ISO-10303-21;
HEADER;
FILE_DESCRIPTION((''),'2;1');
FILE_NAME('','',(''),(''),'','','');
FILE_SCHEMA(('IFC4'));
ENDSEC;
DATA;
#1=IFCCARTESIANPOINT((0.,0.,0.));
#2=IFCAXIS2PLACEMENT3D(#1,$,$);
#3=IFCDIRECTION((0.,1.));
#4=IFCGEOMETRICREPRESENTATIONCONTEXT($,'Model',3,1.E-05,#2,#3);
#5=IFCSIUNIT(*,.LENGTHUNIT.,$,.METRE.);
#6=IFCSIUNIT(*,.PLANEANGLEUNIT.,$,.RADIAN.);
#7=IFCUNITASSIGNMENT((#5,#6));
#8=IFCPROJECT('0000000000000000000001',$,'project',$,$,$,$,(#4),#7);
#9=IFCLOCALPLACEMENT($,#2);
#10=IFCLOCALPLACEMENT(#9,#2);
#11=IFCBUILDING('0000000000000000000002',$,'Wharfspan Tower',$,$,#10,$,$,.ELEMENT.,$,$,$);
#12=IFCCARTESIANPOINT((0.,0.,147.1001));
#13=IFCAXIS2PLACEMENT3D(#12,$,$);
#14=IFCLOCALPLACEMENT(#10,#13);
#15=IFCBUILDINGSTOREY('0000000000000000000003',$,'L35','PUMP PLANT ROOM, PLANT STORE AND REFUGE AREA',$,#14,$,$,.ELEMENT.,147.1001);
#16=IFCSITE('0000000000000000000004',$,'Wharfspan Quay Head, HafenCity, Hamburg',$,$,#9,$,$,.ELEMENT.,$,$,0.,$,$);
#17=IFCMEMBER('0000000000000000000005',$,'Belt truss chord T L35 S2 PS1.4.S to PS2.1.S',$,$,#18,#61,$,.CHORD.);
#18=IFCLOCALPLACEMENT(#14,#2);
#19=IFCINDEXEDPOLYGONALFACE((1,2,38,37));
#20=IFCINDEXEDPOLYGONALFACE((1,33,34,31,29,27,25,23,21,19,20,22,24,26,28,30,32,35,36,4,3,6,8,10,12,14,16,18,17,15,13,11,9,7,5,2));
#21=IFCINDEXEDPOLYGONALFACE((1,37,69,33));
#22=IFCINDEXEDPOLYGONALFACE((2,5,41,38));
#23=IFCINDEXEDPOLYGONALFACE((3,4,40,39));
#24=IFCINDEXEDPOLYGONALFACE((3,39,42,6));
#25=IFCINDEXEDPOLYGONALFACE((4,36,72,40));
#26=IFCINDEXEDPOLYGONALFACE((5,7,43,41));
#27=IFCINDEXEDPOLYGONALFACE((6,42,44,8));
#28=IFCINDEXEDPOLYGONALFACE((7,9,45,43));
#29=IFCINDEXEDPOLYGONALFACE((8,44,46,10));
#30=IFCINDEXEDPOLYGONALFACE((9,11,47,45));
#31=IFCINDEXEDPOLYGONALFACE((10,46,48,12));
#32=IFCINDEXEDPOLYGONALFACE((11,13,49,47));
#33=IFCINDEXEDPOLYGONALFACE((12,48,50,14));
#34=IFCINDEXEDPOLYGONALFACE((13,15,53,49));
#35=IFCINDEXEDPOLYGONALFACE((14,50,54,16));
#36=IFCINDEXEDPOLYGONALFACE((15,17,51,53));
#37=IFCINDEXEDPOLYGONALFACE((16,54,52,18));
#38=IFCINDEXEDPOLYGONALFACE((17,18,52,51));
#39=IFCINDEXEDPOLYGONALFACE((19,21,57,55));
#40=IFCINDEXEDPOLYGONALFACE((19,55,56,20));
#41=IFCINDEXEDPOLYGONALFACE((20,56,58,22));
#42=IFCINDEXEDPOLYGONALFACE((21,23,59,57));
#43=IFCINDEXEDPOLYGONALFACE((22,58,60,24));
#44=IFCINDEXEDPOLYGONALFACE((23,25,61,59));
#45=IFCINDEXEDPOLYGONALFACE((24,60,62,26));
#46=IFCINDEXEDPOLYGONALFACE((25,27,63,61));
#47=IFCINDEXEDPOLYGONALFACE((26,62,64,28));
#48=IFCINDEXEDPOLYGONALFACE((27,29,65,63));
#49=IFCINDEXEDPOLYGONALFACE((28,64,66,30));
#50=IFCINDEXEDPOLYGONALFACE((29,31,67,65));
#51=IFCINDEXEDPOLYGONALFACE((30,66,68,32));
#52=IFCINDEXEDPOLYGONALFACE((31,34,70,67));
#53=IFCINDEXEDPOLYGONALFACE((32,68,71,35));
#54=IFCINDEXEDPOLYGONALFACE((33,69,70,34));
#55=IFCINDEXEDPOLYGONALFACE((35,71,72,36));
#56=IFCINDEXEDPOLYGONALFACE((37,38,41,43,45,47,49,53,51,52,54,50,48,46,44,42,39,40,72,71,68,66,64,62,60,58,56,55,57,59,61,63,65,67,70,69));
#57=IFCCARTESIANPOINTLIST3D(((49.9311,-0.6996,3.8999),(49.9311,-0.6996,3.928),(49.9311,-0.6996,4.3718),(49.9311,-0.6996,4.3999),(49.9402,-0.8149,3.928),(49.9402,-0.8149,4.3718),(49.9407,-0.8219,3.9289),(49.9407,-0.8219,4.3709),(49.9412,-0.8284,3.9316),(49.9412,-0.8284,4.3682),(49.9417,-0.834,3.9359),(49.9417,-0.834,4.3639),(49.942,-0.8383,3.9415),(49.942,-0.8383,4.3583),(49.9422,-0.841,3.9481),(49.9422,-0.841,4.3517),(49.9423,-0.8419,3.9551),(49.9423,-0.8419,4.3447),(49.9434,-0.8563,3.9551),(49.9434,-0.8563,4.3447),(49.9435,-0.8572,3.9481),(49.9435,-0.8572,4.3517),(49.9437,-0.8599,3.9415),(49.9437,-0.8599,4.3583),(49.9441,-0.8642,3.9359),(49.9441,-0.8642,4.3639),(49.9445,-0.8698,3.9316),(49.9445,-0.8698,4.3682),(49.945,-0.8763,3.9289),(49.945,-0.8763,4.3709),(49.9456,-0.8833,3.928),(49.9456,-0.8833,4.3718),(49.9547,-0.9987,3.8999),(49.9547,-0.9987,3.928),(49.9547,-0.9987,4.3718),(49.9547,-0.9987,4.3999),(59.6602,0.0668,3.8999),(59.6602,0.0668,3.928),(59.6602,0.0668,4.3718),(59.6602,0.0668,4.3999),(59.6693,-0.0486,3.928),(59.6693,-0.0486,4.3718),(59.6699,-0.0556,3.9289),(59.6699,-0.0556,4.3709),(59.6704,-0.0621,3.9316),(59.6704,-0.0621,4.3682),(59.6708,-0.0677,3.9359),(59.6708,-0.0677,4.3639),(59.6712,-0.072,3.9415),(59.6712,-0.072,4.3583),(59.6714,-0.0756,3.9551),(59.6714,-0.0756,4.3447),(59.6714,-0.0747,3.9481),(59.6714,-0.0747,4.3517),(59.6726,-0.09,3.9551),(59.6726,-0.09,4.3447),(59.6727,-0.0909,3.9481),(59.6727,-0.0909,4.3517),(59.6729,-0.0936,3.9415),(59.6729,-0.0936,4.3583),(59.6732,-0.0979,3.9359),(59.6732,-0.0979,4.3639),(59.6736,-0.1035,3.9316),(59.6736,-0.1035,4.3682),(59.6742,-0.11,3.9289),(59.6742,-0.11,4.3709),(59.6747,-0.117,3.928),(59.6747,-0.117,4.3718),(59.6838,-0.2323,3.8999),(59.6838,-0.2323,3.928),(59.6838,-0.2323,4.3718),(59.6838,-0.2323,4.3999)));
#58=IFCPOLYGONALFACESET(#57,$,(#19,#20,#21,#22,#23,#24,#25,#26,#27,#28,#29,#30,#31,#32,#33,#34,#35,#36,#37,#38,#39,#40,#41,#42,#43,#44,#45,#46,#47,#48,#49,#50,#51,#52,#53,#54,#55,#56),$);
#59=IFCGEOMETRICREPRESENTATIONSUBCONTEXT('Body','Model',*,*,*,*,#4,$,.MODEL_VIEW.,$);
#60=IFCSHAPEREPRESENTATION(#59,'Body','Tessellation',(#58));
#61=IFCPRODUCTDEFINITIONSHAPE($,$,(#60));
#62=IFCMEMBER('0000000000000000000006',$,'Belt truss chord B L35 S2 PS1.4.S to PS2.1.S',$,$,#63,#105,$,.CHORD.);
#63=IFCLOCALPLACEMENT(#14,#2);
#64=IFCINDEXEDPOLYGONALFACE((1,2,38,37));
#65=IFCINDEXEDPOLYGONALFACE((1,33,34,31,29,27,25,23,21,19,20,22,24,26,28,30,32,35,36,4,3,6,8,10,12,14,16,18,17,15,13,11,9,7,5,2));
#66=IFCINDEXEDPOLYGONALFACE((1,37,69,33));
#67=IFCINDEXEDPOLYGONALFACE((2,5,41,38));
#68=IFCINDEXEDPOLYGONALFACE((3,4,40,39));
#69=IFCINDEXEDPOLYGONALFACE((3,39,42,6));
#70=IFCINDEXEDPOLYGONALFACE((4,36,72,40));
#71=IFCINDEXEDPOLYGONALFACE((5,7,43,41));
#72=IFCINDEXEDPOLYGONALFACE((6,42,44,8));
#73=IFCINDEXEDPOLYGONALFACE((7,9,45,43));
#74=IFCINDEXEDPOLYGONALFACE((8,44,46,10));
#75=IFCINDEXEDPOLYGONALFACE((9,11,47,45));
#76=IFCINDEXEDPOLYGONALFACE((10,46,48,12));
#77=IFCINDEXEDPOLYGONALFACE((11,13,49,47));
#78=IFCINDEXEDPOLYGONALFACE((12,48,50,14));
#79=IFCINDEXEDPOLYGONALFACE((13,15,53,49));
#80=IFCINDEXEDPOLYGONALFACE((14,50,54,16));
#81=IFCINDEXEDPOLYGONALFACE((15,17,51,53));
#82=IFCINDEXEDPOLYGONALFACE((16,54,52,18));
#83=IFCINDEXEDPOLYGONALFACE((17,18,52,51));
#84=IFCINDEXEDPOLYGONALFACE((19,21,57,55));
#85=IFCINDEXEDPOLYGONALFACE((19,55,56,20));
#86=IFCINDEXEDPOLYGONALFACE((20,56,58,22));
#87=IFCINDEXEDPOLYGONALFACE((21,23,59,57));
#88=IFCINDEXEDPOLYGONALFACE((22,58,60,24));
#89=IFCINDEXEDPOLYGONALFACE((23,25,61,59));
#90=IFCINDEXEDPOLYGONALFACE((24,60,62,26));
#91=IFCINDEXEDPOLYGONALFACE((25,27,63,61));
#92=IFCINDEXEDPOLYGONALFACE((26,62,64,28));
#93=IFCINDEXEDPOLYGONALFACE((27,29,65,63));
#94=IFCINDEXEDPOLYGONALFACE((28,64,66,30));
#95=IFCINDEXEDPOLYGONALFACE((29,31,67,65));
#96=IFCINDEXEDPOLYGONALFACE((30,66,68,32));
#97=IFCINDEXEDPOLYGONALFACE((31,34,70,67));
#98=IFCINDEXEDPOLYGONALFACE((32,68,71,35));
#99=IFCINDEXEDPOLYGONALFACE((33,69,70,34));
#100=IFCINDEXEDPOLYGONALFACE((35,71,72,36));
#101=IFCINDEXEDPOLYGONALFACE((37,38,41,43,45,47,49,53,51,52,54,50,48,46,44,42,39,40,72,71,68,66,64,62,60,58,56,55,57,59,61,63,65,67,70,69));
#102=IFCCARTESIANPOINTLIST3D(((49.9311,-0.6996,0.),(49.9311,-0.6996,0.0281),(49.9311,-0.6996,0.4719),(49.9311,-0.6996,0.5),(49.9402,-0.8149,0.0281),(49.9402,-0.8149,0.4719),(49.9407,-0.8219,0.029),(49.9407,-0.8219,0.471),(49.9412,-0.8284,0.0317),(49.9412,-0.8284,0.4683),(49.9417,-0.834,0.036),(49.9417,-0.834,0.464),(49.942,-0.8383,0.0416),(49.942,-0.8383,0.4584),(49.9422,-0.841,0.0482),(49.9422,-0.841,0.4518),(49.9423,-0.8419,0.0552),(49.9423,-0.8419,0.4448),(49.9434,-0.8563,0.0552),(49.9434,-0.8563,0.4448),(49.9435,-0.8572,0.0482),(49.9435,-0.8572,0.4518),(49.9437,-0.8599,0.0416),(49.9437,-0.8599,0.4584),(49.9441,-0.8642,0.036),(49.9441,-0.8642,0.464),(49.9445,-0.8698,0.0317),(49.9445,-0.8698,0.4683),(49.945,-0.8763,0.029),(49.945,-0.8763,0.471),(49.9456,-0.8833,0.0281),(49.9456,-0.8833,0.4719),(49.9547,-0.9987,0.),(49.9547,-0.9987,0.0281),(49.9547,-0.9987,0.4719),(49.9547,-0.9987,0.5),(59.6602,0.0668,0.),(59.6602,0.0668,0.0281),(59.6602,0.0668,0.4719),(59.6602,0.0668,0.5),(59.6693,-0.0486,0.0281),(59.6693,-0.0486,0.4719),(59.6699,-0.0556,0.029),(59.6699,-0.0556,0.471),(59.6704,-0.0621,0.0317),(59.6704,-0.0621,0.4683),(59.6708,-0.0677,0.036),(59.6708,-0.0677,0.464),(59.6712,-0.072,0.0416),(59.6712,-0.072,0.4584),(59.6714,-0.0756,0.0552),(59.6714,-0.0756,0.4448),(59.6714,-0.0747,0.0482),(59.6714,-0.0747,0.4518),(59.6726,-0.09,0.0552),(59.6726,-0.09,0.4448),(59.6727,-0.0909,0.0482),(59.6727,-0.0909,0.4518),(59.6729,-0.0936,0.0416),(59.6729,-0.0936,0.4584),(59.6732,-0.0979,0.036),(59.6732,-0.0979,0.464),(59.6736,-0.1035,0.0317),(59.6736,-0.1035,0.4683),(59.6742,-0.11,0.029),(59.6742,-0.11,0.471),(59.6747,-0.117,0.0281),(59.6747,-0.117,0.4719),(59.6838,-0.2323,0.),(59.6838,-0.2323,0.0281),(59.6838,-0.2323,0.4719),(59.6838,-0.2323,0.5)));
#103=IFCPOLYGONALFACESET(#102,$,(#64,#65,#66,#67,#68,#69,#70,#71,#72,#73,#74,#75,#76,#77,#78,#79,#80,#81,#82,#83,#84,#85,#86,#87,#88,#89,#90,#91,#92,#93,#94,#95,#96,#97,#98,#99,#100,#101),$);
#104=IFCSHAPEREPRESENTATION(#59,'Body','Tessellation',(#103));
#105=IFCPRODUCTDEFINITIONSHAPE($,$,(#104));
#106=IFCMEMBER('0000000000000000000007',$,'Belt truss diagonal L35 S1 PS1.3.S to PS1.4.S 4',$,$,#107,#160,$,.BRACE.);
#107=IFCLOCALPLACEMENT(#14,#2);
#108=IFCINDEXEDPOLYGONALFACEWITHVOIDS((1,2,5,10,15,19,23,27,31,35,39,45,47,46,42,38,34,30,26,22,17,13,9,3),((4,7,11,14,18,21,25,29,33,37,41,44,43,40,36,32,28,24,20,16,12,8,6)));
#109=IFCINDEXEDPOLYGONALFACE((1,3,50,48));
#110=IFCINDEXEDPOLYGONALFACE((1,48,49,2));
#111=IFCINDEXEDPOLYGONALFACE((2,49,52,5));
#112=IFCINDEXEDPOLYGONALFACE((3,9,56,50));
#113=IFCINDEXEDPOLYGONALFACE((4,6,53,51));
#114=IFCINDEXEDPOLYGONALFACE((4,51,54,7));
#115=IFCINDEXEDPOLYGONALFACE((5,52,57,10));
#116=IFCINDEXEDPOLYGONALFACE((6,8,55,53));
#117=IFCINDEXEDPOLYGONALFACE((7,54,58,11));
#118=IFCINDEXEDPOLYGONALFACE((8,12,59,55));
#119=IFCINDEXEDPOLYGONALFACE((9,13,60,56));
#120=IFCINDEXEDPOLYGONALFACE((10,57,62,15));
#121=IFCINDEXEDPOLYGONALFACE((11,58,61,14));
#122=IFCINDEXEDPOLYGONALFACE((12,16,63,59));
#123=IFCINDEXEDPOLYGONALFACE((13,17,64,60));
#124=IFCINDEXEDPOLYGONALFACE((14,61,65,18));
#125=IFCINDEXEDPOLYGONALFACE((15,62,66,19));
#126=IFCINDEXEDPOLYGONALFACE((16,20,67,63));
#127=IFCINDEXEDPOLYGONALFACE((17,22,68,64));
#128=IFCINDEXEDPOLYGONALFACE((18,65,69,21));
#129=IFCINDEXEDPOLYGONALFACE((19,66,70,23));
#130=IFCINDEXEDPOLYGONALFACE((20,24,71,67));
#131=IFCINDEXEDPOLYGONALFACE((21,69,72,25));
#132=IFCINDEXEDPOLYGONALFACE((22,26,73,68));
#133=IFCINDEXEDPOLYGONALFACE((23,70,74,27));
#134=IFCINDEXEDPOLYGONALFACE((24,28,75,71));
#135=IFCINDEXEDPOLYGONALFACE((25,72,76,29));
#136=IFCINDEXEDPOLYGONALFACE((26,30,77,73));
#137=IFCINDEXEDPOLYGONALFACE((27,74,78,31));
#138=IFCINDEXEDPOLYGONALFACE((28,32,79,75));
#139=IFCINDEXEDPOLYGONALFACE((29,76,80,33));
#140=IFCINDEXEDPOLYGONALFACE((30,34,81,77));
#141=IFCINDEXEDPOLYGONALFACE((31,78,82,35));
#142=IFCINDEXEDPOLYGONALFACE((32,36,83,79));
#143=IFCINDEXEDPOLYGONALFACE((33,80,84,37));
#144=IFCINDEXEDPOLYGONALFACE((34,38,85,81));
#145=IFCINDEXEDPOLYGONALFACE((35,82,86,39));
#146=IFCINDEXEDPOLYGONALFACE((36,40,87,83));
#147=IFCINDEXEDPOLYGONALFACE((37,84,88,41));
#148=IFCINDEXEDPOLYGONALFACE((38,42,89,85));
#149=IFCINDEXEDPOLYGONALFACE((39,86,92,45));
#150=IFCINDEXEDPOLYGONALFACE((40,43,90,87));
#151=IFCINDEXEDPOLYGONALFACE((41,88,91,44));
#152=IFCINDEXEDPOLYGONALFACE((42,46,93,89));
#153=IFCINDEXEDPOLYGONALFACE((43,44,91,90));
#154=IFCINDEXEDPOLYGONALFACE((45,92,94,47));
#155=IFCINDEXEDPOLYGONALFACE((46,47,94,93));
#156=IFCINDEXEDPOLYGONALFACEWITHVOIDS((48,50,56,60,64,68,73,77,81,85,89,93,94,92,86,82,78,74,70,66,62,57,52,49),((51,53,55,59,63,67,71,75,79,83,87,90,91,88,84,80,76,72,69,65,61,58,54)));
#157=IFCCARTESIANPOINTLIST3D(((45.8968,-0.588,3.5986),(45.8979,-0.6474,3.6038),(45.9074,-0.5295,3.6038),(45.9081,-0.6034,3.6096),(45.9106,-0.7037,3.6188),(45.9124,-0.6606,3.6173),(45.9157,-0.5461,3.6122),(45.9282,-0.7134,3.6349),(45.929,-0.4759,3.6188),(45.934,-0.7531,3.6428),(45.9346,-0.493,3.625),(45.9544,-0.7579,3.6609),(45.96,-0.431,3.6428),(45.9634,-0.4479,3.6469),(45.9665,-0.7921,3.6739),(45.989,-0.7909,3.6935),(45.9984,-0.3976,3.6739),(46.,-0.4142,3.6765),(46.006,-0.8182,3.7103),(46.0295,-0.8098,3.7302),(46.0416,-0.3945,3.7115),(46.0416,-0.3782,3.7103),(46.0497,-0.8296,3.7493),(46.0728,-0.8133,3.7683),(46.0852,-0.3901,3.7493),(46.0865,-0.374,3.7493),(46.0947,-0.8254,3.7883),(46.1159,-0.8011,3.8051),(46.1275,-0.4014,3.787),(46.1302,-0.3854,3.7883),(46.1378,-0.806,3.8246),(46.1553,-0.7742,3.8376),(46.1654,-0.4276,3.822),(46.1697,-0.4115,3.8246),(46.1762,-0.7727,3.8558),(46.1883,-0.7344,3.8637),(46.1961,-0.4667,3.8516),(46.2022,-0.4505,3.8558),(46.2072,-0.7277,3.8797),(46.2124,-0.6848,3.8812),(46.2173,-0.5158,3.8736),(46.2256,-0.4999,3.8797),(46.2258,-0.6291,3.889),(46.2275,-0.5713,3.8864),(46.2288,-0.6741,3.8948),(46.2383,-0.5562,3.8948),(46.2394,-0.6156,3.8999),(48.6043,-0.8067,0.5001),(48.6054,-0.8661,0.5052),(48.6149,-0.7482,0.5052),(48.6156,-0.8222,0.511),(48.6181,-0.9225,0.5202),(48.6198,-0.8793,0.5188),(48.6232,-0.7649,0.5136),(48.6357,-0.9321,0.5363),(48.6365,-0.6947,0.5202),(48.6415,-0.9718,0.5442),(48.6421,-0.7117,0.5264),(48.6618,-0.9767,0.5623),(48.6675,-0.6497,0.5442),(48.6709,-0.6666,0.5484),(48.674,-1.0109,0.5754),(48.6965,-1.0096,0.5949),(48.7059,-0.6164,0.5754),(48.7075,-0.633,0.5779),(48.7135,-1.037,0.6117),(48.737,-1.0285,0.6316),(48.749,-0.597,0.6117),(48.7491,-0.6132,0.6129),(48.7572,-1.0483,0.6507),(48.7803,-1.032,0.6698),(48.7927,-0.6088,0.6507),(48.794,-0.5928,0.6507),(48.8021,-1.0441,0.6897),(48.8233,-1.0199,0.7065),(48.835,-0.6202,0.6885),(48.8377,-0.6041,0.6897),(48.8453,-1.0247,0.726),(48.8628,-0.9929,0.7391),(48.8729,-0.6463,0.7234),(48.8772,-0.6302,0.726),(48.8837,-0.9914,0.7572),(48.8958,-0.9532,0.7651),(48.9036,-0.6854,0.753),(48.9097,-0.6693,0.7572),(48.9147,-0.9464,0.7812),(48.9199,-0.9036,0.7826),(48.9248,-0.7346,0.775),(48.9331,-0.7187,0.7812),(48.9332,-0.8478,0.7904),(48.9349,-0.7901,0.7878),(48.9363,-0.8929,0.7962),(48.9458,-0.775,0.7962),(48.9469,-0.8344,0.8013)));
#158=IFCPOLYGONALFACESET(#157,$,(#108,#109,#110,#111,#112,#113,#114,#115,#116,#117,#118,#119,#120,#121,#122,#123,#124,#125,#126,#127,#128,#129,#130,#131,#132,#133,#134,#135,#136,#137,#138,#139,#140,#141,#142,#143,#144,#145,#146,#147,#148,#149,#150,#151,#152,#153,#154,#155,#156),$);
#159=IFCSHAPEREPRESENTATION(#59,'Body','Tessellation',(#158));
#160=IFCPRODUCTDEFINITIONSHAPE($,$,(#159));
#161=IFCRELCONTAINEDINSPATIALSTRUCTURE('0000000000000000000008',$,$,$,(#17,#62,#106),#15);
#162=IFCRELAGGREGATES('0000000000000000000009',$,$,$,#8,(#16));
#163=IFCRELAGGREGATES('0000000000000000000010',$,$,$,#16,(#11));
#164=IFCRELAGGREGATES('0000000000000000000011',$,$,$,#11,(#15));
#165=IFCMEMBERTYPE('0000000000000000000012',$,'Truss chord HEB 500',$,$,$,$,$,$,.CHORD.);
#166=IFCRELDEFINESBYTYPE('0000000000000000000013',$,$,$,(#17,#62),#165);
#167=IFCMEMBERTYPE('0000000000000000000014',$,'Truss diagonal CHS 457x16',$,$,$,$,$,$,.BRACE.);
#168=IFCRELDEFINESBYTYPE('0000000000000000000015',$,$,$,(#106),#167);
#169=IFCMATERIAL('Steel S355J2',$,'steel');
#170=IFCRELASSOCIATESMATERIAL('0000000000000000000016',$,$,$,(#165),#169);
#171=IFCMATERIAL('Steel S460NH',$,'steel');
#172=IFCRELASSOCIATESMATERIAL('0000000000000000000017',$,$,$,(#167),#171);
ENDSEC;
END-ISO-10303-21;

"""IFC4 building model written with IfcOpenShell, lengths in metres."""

from ifc_helpers import new_model, si_unit, direction, frame, origin, origin_2d, place, context, subcontext, project, spatial, hollow_circle, i_section, extrude, material, material_profile, profile_set, type_object, element, save


model = new_model("IFC4")

# Units and contexts
model_context = context("Model", 3, precision=1e-05, world=origin(), true_north=direction((0.0, 1.0)))
body_context = subcontext(model_context, "Body", "Model", "MODEL_VIEW")
ifc_project = project(units=[si_unit("LENGTHUNIT", "METRE"), si_unit("PLANEANGLEUNIT", "RADIAN")], contexts=[model_context])

# Site, building, storey
site_placement = place(None, origin())
site = spatial("IfcSite", under=ifc_project, at=site_placement, Name="Wharfspan Quay Head, HafenCity, Hamburg", CompositionType="ELEMENT", RefElevation=0.0)
building_placement = place(site_placement, origin())
building = spatial("IfcBuilding", under=site, at=building_placement, Name="Wharfspan Tower", CompositionType="ELEMENT")
storey_placement = place(building_placement, frame((0.0, 0.0, 147.1001)))
storey = spatial("IfcBuildingStorey", under=building, at=storey_placement, Name="L35", Description="PUMP PLANT ROOM, PLANT STORE AND REFUGE AREA", CompositionType="ELEMENT", Elevation=147.1001)

# Shared definitions
ifc_material_1 = material(Name="Steel S355J2", Category="steel")

# Members
ifc_material_profile_1 = material_profile(ifc_material_1, i_section(OverallWidth=0.3, OverallDepth=0.5, WebThickness=0.0144, FlangeThickness=0.0281, FilletRadius=0.0271, at=origin_2d()))
ifc_profile_set_1 = profile_set([ifc_material_profile_1], Name="Steel S355J2")
member_type_1 = type_object("IfcMemberType", Name="Truss chord HEB 500", PredefinedType="CHORD", material=ifc_profile_set_1)
for number, where, z_axis, x_axis, name in (
    (1, (49.9429, -0.8491, 4.1499), (0.996912, 0.078525, 0.0), (-0.078525, 0.996912, 0.0), "Belt truss chord T L35 S2 PS1.4.S to PS2.1.S"),
    (2, (49.9429, -0.8491, 0.25), (0.996912, 0.078525, 0.0), (-0.078525, 0.996912, 0.0), "Belt truss chord B L35 S2 PS1.4.S to PS2.1.S"),
):
    element("IfcMember", number, at=place(storey_placement, frame(where, z_axis=z_axis, x_axis=x_axis)), inside=storey, type_object=member_type_1, Name=name, PredefinedType="CHORD", context=body_context, shape_type="SweptSolid", body=[
        extrude(i_section(OverallWidth=0.3, OverallDepth=0.5, WebThickness=0.0144, FlangeThickness=0.0281, FilletRadius=0.0271, at=origin_2d()), origin(), (0.0, 0.0, 1.0), 9.7593),
    ])
ifc_material_2 = material(Name="Steel S460NH", Category="steel")
ifc_material_profile_2 = material_profile(ifc_material_2, hollow_circle(Radius=0.2285, WallThickness=0.0161, at=origin_2d()))
ifc_profile_set_2 = profile_set([ifc_material_profile_2], Name="Steel S460NH")
member_type_2 = type_object("IfcMemberType", Name="Truss diagonal CHS 457x16", PredefinedType="BRACE", material=ifc_profile_set_2)
member_1_placement = place(storey_placement, frame((46.0681, -0.6018, 3.7493), z_axis=(0.657056, -0.053086, -0.75197), x_axis=(0.08053, 0.99675, -0.000001)))
element("IfcMember", 3, at=member_1_placement, inside=storey, type_object=member_type_2, Name="Belt truss diagonal L35 S1 PS1.3.S to PS1.4.S 4", PredefinedType="BRACE", context=body_context, shape_type="SweptSolid", body=[
    extrude(hollow_circle(Radius=0.2285, WallThickness=0.0161, at=origin_2d()), origin(), (0.0, 0.0, 1.0), 4.1206),
])

save(model, "model.ifc")
